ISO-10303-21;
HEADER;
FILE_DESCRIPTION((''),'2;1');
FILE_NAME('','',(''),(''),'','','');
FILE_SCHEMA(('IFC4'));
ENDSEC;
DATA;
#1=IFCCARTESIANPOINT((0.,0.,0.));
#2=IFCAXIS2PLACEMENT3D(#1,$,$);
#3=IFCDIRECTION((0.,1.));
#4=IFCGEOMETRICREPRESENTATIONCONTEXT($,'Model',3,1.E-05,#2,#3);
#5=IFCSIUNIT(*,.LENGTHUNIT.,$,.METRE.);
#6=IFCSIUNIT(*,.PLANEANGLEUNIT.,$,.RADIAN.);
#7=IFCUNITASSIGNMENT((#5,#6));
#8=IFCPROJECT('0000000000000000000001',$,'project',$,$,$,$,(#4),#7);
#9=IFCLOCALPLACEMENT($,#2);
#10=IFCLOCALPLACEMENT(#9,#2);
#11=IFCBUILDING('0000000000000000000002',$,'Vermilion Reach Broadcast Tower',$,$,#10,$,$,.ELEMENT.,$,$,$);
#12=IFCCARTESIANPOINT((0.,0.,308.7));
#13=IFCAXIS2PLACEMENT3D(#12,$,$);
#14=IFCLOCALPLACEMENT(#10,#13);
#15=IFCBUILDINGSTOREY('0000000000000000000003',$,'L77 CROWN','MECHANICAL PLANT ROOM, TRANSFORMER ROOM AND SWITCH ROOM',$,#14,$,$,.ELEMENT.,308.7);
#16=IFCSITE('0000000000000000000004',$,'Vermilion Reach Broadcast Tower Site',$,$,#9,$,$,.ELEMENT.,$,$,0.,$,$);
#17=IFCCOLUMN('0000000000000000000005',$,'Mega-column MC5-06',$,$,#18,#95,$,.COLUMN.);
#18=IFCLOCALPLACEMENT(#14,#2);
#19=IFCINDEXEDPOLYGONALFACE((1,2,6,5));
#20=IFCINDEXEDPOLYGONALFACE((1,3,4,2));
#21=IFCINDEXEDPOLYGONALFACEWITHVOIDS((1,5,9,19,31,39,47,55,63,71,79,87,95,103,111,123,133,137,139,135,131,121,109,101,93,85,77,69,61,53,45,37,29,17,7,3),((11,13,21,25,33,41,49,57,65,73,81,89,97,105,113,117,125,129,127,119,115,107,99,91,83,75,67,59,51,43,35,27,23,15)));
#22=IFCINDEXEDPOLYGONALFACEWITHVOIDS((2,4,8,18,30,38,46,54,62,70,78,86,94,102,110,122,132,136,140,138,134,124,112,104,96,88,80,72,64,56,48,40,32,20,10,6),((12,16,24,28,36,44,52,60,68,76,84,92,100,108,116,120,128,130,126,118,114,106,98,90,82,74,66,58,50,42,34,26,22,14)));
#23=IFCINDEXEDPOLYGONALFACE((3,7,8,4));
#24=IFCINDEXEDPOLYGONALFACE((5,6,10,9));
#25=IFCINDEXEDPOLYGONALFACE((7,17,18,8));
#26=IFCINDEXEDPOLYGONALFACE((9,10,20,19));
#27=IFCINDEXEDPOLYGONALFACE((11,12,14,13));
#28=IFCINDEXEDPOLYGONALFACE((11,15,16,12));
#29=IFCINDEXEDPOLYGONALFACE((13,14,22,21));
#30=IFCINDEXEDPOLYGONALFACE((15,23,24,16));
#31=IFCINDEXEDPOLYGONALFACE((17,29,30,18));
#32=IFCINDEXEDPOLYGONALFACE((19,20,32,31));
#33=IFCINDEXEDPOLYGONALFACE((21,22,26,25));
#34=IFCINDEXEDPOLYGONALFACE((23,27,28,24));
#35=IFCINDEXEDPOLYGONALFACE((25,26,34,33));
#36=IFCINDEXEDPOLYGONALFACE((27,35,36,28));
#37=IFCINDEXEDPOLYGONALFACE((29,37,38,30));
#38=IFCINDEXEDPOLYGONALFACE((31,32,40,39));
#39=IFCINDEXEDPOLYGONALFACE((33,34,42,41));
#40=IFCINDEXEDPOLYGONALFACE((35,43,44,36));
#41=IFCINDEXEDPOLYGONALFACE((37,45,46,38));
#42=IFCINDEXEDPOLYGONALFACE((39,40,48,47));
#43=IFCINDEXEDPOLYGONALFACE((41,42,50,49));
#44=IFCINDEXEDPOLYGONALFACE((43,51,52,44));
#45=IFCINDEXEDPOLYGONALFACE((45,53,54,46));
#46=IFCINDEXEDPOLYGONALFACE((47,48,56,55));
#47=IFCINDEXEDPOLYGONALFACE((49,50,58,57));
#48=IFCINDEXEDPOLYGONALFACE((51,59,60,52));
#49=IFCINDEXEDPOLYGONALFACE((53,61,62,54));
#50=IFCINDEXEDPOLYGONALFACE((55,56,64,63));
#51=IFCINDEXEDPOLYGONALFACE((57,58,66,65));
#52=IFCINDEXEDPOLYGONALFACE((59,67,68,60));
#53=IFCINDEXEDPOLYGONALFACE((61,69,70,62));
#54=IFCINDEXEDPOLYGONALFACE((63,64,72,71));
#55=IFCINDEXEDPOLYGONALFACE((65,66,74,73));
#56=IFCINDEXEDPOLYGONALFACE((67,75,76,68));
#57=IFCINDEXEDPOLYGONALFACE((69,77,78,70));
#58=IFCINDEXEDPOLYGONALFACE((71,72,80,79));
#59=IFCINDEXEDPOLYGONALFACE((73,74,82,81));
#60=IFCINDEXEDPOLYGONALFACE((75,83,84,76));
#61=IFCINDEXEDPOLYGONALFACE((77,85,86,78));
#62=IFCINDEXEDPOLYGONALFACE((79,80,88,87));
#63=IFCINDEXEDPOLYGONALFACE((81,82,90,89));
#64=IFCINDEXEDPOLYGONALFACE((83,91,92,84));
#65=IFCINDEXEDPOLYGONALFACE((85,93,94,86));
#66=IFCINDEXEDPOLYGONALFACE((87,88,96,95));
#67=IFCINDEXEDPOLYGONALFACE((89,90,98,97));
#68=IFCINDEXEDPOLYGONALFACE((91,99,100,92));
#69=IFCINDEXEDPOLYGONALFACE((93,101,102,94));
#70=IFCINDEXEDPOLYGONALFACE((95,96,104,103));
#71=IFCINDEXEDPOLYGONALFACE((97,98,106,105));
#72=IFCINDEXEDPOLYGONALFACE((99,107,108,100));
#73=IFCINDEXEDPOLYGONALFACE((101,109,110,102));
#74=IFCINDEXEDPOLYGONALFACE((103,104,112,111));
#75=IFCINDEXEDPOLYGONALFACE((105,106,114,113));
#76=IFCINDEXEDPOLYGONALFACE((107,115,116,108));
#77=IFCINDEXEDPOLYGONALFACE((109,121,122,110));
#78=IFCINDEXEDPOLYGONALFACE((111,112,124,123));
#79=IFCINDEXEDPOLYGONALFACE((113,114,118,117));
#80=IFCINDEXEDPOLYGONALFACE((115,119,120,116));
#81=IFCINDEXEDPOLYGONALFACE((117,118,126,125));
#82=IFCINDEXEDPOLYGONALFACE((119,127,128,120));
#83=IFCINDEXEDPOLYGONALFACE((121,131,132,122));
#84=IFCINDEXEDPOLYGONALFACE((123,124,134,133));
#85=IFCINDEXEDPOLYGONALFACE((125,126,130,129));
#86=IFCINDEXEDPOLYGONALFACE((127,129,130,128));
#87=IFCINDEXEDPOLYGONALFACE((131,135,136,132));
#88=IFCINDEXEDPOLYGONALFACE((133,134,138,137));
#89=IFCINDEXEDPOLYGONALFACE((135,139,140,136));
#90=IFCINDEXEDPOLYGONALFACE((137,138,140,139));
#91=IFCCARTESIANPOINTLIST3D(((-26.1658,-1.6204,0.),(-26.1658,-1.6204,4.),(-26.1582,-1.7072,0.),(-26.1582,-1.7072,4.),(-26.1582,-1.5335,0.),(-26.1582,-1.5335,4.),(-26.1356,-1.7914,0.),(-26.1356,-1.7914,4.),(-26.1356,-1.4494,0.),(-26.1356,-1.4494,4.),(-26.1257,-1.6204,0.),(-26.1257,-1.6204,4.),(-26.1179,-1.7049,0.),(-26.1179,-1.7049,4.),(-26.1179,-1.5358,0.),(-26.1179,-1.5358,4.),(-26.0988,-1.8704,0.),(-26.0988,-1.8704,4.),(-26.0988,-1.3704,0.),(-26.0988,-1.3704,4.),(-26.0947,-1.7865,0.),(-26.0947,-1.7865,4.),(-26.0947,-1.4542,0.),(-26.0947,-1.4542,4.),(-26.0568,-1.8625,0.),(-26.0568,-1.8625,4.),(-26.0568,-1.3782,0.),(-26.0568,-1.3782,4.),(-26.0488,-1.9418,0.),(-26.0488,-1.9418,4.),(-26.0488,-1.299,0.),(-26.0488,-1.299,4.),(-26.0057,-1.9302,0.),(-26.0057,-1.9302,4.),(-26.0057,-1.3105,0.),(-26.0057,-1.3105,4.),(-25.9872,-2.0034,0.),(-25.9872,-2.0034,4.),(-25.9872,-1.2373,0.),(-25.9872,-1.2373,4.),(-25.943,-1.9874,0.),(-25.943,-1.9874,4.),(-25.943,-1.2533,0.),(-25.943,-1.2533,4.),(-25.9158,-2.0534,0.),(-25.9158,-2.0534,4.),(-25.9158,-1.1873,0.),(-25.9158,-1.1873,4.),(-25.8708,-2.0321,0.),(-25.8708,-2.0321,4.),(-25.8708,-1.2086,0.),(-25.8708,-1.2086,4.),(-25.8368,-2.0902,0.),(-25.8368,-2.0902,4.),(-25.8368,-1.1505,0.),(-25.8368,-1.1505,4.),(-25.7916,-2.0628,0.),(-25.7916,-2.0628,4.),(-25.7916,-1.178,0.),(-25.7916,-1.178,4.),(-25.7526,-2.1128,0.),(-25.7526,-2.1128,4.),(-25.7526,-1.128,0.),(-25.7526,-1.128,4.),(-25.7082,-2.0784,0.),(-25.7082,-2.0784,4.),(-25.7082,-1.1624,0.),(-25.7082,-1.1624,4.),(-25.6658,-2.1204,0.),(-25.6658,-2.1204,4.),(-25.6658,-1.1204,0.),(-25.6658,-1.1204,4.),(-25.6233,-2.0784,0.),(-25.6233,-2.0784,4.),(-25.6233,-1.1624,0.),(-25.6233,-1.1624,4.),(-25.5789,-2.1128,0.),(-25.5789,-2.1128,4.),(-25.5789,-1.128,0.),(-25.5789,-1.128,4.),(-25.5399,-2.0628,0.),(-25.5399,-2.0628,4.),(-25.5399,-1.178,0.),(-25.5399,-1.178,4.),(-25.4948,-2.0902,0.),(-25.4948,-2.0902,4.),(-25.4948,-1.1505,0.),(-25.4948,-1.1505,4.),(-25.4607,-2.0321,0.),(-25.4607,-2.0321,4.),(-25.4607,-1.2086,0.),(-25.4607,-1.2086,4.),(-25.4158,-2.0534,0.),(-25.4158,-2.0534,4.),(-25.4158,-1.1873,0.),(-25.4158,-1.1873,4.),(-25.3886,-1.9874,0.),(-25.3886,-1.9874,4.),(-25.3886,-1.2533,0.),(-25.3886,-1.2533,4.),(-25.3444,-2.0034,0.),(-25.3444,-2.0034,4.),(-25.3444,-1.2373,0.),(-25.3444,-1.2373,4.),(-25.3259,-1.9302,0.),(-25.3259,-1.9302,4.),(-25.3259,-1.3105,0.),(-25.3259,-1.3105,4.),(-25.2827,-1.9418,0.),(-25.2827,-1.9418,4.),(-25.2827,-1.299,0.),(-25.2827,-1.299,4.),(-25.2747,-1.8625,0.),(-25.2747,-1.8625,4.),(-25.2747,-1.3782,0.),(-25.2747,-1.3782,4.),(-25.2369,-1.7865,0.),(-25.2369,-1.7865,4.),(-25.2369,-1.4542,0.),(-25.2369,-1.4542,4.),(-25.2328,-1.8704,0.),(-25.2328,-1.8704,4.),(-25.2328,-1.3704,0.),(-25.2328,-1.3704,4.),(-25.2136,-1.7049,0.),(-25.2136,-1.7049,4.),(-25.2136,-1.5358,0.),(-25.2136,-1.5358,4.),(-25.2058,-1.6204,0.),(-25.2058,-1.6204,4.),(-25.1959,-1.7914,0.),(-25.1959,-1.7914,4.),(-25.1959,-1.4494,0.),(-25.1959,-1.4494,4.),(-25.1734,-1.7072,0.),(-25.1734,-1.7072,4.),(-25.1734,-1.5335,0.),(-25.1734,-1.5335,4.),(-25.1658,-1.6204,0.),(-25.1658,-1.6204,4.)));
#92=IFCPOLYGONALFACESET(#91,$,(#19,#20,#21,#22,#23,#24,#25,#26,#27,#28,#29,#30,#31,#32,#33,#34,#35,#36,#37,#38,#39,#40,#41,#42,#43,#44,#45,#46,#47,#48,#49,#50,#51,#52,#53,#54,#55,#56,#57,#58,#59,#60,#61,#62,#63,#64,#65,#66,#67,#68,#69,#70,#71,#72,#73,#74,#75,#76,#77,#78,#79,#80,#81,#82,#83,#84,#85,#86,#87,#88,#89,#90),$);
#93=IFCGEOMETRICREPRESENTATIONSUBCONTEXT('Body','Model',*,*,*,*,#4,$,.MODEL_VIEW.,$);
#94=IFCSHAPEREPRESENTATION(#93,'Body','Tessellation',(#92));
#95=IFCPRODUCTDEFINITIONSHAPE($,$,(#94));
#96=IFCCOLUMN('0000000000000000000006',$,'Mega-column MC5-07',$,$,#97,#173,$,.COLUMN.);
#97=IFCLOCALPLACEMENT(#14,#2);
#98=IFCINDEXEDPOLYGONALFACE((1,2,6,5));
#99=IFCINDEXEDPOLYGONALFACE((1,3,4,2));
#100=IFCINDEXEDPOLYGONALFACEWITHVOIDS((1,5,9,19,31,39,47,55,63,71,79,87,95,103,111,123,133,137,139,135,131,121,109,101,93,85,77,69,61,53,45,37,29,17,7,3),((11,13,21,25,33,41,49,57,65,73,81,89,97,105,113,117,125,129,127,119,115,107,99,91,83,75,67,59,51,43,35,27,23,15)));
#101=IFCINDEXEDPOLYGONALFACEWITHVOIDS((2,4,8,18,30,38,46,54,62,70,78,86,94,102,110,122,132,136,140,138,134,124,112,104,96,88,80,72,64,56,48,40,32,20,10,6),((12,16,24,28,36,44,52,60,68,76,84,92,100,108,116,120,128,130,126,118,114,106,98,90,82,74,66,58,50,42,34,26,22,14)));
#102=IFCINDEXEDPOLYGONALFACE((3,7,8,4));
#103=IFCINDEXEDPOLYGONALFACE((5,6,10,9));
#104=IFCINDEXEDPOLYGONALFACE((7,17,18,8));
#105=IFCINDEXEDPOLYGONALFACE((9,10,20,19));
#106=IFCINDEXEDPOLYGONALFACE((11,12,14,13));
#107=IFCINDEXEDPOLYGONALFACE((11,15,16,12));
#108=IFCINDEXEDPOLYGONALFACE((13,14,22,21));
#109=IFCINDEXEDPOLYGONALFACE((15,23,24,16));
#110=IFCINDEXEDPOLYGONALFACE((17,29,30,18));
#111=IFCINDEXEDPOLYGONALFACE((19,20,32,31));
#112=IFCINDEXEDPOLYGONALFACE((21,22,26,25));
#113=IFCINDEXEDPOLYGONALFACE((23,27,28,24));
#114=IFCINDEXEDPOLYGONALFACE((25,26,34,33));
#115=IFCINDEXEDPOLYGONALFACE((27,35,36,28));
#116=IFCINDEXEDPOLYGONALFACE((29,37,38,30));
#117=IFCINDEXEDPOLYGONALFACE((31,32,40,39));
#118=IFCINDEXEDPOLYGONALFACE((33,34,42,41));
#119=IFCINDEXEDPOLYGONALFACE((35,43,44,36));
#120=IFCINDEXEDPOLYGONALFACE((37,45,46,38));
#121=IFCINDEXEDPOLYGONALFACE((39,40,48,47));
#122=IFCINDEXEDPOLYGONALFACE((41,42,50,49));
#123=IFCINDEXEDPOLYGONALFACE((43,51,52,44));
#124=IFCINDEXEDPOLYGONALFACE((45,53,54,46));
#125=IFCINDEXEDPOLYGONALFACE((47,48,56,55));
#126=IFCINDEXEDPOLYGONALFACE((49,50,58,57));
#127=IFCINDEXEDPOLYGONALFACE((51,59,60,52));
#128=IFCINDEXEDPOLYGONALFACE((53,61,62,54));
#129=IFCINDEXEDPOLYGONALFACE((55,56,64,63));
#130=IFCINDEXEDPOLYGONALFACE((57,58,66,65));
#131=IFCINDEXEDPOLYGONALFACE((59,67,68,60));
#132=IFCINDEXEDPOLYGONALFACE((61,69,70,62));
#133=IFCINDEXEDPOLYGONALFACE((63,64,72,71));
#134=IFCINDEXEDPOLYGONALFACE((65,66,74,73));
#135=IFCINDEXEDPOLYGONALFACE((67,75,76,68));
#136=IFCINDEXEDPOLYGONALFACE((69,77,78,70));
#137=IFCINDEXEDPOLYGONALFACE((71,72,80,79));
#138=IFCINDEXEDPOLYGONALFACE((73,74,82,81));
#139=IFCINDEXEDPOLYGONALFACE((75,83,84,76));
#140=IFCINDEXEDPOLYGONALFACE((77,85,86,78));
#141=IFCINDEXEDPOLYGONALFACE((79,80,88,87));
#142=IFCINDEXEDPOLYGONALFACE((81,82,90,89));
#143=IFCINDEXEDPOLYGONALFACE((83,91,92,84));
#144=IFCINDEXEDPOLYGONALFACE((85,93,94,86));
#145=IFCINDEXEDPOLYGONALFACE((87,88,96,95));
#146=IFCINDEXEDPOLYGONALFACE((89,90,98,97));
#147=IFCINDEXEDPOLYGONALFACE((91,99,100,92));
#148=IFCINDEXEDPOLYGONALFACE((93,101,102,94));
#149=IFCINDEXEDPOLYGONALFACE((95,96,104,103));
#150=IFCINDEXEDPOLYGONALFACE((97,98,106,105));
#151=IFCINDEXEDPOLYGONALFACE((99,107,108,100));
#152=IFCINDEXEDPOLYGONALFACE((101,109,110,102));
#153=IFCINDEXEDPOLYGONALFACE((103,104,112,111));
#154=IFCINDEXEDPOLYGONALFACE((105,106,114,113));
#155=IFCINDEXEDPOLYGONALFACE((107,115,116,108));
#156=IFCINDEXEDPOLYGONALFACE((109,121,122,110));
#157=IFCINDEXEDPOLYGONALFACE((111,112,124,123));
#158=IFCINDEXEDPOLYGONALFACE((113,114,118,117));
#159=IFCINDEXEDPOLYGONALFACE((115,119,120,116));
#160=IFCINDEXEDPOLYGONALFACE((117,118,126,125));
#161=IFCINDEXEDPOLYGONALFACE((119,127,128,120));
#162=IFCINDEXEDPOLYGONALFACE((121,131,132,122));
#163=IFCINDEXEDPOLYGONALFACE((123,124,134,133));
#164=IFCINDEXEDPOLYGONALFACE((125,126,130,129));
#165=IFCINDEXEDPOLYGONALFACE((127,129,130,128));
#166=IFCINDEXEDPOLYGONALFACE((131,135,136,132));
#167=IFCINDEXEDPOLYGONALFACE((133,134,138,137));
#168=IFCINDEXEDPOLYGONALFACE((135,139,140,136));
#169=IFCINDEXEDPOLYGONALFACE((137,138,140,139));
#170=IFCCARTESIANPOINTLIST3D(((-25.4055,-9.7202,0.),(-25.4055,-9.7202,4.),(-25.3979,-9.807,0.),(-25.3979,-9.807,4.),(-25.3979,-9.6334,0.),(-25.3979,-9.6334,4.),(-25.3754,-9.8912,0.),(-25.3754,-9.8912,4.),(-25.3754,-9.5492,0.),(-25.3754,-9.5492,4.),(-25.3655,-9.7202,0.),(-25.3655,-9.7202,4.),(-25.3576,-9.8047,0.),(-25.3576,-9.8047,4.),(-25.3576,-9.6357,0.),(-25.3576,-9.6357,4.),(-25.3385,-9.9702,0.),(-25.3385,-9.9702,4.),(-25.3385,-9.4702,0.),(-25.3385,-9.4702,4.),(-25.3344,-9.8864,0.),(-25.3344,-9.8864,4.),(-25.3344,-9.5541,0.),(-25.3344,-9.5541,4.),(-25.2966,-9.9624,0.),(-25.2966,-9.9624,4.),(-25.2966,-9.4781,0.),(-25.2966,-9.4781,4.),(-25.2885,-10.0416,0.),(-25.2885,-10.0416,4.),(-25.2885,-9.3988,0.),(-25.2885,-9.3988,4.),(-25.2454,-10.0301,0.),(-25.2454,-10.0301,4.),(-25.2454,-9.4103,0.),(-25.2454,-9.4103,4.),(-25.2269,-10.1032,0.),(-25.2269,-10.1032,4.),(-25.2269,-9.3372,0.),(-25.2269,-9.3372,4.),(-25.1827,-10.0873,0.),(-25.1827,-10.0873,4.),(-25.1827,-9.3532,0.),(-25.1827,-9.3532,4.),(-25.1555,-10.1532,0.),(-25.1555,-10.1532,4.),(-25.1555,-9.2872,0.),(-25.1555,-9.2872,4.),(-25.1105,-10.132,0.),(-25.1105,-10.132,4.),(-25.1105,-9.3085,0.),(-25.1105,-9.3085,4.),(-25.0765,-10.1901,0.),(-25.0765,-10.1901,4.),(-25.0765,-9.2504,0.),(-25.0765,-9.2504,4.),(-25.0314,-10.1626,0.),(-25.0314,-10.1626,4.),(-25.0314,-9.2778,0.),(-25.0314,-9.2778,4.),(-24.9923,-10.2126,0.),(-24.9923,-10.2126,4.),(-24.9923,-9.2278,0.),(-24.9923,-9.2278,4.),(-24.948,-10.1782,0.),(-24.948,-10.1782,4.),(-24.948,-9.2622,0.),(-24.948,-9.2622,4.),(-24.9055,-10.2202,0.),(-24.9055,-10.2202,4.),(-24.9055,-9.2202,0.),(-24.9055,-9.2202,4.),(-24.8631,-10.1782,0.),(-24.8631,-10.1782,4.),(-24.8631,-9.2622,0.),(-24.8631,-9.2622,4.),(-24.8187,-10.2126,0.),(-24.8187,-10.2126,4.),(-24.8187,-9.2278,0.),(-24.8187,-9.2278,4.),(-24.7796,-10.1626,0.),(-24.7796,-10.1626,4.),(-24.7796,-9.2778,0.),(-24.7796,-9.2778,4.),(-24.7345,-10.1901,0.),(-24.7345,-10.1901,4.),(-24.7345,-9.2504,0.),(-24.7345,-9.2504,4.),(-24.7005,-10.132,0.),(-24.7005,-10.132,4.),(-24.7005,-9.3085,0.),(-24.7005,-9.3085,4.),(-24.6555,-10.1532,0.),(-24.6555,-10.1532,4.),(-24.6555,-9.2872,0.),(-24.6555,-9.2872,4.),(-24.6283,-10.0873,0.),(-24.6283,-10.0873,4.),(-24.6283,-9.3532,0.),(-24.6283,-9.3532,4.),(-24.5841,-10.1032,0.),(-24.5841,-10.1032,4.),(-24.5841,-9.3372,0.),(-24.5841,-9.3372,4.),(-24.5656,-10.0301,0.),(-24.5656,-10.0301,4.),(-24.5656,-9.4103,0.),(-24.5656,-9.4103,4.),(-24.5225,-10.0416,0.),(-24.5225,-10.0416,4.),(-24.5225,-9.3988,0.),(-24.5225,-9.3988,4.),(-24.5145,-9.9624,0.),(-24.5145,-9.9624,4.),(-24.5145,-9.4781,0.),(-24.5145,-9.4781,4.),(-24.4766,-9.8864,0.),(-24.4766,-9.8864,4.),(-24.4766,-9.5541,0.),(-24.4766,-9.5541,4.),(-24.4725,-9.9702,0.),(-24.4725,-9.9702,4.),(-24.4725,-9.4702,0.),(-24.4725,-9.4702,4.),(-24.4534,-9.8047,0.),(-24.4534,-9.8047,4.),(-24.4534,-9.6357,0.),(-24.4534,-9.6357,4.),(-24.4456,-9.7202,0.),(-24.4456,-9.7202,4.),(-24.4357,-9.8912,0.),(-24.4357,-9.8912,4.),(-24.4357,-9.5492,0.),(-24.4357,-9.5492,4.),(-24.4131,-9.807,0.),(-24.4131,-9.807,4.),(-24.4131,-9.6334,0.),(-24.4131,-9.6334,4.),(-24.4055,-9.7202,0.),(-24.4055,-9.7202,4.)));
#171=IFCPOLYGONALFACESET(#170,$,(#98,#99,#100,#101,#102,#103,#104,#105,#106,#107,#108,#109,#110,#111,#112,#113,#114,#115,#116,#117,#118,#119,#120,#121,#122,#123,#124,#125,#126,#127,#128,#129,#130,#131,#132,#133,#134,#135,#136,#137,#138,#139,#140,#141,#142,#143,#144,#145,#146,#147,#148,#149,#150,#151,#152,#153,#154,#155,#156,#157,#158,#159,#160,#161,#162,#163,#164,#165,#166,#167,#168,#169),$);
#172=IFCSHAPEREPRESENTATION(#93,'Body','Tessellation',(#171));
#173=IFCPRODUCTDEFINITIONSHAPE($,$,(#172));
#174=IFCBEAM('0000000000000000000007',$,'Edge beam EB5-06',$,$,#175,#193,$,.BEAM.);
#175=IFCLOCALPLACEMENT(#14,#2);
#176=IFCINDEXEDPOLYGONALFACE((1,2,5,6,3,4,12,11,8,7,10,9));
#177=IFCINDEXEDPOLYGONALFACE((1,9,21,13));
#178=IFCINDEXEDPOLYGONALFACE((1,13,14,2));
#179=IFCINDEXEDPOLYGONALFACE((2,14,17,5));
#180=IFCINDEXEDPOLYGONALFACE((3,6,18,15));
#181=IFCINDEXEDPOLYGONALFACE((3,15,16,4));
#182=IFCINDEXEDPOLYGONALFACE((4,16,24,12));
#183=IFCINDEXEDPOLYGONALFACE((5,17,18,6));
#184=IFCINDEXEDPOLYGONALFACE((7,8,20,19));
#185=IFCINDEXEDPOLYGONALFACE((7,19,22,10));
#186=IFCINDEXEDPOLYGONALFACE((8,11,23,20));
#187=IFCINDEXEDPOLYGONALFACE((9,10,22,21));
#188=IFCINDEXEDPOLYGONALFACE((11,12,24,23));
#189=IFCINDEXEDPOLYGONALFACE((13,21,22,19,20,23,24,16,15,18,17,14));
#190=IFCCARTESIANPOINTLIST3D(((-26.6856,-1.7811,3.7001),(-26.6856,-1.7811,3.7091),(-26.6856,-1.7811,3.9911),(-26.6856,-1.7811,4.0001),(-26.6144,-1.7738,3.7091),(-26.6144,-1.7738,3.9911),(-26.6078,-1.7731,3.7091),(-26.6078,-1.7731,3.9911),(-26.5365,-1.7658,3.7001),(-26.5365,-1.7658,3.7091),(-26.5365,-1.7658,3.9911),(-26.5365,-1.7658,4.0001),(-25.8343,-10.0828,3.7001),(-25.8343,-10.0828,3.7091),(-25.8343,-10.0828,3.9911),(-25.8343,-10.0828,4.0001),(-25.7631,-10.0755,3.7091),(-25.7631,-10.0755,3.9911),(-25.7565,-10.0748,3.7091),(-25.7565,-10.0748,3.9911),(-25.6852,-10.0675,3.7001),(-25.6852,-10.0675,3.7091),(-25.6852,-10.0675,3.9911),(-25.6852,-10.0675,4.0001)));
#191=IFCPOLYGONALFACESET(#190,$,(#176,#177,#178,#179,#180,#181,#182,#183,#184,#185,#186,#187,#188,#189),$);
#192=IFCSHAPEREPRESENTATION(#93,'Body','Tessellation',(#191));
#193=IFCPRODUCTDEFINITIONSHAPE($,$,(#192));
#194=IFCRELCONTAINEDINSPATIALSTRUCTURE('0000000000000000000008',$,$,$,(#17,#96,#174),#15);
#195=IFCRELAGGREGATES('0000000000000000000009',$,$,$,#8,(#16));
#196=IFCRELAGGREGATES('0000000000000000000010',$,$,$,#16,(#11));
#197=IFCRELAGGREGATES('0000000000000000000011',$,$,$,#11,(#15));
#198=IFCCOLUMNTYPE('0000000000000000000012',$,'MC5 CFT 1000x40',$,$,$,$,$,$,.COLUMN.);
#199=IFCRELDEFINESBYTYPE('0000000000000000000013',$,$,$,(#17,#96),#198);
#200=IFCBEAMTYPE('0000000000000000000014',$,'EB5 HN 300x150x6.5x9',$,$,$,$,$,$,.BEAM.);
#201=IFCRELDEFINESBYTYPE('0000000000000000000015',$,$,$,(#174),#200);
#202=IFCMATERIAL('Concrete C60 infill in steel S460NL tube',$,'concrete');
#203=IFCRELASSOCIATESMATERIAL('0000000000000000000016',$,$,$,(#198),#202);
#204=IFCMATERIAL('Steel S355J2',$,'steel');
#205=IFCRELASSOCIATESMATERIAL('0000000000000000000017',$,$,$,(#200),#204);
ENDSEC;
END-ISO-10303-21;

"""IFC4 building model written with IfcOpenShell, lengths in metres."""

from ifc_helpers import new_model, si_unit, direction, frame, origin, origin_2d, place, context, subcontext, project, spatial, hollow_circle, i_section, extrude, material, material_profile, profile_set, type_object, element, save


model = new_model("IFC4")

# Units and contexts
model_context = context("Model", 3, precision=1e-05, world=origin(), true_north=direction((0.0, 1.0)))
body_context = subcontext(model_context, "Body", "Model", "MODEL_VIEW")
ifc_project = project(units=[si_unit("LENGTHUNIT", "METRE"), si_unit("PLANEANGLEUNIT", "RADIAN")], contexts=[model_context])

# Site, building, storey
site_placement = place(None, origin())
site = spatial("IfcSite", under=ifc_project, at=site_placement, Name="Vermilion Reach Broadcast Tower Site", CompositionType="ELEMENT", RefElevation=0.0)
building_placement = place(site_placement, origin())
building = spatial("IfcBuilding", under=site, at=building_placement, Name="Vermilion Reach Broadcast Tower", CompositionType="ELEMENT")
storey_placement = place(building_placement, frame((0.0, 0.0, 308.7)))
storey = spatial("IfcBuildingStorey", under=building, at=storey_placement, Name="L77 CROWN", Description="MECHANICAL PLANT ROOM, TRANSFORMER ROOM AND SWITCH ROOM", CompositionType="ELEMENT", Elevation=308.7)

# Columns
ifc_material_1 = material(Name="Concrete C60 infill in steel S460NL tube", Category="concrete")
ifc_material_profile_1 = material_profile(ifc_material_1, hollow_circle(Radius=0.5, WallThickness=0.04, at=origin_2d()), Name="Concrete C60 infill in steel S460NL tube CFT 1000x40")
ifc_profile_set_1 = profile_set([ifc_material_profile_1], Name="Concrete C60 infill in steel S460NL tube")
column_type = type_object("IfcColumnType", Name="MC5 CFT 1000x40", PredefinedType="COLUMN", material=ifc_profile_set_1)
for number, where, z_axis, x_axis, name in (
    (1, (-25.6658, -1.6204, 0.0), (0.0, 0.0, 1.0), (1.0, 0.0, 0.0), "Mega-column MC5-06"),
    (2, (-24.9055, -9.7202, 0.0), (0.0, 0.0, 1.0), (1.0, 0.0, 0.0), "Mega-column MC5-07"),
):
    element("IfcColumn", number, at=place(storey_placement, frame(where, z_axis=z_axis, x_axis=x_axis)), inside=storey, type_object=column_type, Name=name, PredefinedType="COLUMN", context=body_context, shape_type="SweptSolid", body=[
        extrude(hollow_circle(Radius=0.5, WallThickness=0.04, at=origin_2d()), origin(), (0.0, 0.0, 1.0), 4.0),
    ])

# Beam
ifc_material_2 = material(Name="Steel S355J2", Category="steel")
ifc_material_profile_2 = material_profile(ifc_material_2, i_section(OverallWidth=0.1499, OverallDepth=0.3, WebThickness=0.0066, FlangeThickness=0.009, at=origin_2d()), Name="S355J2 HN 300x150x6.5x9")
ifc_profile_set_2 = profile_set([ifc_material_profile_2], Name="Steel S355J2")
beam_type_1 = type_object("IfcBeamType", Name="EB5 HN 300x150x6.5x9", PredefinedType="BEAM", material=ifc_profile_set_2)
beam_1_placement = place(storey_placement, frame((-26.6111, -1.7734, 3.8501), z_axis=(0.102012, -0.994783, 0.0), x_axis=(0.994783, 0.102012, 0.0)))
element("IfcBeam", 3, at=beam_1_placement, inside=storey, type_object=beam_type_1, Name="Edge beam EB5-06", PredefinedType="BEAM", context=body_context, shape_type="SweptSolid", body=[
    extrude(i_section(OverallWidth=0.1499, OverallDepth=0.3, WebThickness=0.0066, FlangeThickness=0.009, at=origin_2d()), origin(), (0.0, 0.0, 1.0), 8.3452),
])

save(model, "model.ifc")
